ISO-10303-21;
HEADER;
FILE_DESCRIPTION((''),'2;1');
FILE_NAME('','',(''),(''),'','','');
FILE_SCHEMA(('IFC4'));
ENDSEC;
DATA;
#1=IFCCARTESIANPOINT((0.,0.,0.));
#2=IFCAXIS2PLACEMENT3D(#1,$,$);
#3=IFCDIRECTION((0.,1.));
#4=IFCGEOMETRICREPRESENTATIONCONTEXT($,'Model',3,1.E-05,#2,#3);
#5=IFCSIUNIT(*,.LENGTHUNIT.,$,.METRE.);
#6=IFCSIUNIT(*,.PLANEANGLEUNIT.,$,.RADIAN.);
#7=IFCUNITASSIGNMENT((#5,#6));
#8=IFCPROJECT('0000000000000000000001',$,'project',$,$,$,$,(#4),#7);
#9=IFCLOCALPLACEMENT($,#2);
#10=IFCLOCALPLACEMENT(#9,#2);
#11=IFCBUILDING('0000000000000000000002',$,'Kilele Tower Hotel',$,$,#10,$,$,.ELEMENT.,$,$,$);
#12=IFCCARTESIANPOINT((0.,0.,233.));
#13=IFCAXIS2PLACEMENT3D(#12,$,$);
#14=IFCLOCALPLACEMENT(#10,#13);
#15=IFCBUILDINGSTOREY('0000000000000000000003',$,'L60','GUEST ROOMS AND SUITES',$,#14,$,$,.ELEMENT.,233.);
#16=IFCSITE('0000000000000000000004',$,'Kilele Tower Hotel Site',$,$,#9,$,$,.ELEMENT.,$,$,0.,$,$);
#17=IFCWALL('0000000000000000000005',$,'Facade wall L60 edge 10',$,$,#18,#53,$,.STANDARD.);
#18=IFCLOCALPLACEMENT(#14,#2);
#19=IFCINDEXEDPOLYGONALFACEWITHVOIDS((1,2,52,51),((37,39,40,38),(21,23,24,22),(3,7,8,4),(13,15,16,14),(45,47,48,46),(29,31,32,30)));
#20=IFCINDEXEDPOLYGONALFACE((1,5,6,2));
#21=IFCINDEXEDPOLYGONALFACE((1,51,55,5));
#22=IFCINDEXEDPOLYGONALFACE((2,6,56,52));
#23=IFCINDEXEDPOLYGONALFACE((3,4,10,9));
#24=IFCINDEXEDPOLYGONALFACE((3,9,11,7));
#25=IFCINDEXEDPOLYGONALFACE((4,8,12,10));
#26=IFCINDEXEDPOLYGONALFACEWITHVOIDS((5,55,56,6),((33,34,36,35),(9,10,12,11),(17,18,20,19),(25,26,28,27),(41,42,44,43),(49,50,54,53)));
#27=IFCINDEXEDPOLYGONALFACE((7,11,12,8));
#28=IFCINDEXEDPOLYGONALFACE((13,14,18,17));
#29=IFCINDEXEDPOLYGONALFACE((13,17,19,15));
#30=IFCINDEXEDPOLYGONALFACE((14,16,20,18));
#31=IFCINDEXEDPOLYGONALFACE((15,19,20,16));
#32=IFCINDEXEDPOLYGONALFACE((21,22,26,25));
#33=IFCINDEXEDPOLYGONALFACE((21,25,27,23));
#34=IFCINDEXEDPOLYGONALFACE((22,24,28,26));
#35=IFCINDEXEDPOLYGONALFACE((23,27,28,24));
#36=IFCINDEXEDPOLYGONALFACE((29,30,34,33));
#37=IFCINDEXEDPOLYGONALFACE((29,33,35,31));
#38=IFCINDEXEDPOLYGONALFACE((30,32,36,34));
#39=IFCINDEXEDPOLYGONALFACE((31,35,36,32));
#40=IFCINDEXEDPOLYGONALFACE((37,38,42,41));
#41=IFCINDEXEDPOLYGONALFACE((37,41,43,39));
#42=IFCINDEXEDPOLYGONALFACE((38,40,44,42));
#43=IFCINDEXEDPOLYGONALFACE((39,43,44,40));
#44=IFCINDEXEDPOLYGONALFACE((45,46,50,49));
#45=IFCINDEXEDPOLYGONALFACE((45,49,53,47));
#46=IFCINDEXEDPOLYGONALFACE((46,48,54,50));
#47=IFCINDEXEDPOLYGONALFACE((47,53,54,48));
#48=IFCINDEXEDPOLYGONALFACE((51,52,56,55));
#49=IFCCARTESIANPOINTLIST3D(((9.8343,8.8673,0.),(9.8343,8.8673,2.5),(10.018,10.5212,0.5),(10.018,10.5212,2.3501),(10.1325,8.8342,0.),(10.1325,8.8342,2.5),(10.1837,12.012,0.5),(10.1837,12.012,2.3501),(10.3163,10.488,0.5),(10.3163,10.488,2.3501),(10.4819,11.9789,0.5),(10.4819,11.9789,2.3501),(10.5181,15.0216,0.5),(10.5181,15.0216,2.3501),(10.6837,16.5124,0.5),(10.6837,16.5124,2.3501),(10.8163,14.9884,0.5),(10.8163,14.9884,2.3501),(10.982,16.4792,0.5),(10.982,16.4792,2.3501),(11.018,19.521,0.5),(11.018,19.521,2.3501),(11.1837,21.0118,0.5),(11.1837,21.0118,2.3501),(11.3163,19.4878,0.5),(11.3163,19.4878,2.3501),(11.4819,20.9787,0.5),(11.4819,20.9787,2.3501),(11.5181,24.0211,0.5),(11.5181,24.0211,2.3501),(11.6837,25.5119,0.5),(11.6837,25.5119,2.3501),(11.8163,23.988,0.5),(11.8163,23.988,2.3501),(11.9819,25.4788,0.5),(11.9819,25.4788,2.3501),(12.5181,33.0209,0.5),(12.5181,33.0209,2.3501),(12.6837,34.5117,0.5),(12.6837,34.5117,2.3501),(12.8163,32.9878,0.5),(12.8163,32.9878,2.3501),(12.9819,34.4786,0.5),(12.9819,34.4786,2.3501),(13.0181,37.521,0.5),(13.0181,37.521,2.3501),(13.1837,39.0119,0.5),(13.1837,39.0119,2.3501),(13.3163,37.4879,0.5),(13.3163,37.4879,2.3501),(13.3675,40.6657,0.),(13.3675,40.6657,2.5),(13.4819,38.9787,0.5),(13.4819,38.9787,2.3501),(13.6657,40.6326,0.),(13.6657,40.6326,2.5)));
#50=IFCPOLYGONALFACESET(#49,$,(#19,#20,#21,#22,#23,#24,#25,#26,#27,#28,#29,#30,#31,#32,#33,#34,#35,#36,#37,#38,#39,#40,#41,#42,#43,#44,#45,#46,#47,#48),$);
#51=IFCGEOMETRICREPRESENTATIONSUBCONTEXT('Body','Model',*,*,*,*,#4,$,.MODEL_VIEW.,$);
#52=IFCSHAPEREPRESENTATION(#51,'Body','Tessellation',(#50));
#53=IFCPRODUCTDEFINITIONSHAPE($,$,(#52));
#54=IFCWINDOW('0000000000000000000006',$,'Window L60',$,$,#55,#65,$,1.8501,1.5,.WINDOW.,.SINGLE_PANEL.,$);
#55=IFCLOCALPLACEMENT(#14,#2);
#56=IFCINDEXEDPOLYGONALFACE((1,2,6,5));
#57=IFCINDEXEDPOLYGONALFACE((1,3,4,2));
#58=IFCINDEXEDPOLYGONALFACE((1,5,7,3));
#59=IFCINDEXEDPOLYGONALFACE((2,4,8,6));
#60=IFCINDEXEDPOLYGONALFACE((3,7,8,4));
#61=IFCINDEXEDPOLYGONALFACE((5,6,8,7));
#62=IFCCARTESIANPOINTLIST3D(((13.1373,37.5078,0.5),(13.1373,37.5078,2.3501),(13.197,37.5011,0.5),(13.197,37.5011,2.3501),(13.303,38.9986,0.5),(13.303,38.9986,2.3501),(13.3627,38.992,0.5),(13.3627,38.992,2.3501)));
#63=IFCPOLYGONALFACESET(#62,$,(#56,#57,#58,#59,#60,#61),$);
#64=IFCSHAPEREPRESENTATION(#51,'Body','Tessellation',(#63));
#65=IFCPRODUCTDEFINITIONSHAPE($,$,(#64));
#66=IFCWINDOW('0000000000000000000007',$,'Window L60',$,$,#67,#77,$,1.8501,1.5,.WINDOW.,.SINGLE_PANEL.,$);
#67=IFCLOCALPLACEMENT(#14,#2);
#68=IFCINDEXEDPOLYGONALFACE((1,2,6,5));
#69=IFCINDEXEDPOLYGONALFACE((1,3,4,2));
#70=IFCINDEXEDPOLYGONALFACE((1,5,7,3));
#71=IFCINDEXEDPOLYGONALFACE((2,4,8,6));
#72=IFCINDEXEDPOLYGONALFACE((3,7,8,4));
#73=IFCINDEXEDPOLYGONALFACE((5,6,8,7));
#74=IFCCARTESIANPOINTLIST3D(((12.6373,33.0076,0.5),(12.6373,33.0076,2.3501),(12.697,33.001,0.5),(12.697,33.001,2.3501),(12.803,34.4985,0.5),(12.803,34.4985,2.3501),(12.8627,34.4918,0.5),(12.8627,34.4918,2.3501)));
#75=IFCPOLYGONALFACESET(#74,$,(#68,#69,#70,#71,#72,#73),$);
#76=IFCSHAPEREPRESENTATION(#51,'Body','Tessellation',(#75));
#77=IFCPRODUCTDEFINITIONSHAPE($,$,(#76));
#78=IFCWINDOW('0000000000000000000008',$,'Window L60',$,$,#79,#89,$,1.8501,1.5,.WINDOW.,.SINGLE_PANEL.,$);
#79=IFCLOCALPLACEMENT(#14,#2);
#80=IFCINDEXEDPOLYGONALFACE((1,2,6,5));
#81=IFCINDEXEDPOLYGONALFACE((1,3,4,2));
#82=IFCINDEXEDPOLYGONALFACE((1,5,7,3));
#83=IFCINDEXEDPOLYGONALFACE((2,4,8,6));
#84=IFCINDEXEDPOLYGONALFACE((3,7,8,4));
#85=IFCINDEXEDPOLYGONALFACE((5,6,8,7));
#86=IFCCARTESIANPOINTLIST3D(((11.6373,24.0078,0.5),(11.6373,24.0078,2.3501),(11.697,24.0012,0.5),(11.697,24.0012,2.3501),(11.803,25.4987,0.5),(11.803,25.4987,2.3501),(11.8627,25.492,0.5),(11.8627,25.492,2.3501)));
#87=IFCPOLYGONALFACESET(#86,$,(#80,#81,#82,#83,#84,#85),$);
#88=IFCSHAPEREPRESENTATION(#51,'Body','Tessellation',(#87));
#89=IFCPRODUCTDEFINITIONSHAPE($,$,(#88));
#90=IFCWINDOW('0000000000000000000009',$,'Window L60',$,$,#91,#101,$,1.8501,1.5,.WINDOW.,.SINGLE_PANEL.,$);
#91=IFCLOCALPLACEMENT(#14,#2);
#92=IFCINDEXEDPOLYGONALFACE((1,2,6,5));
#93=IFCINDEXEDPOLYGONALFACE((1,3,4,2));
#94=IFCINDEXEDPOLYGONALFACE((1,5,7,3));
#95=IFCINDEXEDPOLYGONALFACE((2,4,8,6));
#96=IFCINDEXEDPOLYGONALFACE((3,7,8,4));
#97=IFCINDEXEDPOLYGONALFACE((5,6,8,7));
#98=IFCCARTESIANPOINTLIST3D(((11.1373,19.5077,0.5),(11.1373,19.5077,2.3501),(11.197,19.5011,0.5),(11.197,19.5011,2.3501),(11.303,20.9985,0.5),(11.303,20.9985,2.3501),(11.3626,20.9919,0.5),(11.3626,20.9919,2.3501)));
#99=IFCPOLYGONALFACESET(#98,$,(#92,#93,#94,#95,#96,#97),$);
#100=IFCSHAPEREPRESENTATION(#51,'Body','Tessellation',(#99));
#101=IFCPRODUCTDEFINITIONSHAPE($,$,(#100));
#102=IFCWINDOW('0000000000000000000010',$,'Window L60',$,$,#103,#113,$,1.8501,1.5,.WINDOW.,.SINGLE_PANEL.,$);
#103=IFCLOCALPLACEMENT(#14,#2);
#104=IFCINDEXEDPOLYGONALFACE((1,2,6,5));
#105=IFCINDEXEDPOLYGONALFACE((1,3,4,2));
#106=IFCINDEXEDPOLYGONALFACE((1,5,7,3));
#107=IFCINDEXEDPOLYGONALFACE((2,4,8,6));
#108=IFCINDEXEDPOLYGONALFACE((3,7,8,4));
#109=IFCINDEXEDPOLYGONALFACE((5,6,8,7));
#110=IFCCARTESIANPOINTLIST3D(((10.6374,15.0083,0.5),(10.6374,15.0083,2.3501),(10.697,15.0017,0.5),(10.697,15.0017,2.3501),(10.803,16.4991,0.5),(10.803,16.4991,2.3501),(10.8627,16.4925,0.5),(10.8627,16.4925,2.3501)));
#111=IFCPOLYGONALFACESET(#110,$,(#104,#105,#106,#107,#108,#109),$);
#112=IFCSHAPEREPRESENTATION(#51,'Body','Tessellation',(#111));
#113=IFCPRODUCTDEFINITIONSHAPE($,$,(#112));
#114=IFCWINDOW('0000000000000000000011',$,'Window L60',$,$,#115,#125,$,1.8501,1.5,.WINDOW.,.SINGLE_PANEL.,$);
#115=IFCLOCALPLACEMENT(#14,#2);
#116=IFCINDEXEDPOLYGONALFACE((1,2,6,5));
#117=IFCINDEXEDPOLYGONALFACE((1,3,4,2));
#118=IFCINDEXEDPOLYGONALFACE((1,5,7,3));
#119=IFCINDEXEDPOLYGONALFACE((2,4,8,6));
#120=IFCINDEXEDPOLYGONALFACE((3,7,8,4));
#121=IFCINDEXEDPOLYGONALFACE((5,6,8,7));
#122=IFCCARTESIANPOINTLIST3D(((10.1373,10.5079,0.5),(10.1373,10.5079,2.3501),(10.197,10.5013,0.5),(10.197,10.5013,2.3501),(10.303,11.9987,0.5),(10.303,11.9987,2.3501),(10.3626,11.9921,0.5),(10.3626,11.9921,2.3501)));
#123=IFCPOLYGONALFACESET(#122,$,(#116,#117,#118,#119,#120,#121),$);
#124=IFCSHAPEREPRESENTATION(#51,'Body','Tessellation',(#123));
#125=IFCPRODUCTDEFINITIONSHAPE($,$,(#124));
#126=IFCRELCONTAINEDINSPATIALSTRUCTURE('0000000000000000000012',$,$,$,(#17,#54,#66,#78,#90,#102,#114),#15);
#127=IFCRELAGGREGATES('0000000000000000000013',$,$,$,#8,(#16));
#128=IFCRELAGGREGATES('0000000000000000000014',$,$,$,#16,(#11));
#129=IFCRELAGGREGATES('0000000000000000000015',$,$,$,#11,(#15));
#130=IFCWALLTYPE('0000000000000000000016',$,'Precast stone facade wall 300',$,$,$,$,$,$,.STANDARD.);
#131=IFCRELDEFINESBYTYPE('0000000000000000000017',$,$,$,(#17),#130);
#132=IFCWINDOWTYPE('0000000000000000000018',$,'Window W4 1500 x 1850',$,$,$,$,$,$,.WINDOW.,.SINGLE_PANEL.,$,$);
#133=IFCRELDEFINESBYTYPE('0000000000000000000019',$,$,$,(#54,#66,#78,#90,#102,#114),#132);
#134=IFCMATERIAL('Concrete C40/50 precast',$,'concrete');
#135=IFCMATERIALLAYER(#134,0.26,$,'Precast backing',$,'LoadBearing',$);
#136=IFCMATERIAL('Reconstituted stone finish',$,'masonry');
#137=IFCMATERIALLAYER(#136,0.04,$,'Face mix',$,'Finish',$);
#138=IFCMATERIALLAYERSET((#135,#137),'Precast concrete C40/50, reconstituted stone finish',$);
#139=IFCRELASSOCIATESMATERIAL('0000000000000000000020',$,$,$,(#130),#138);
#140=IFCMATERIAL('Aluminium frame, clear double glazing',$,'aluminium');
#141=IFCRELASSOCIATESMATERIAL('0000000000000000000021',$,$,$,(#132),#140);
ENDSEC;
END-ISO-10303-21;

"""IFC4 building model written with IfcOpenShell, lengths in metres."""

from ifc_helpers import new_model, si_unit, direction, frame, frame_2d, origin, place, context, subcontext, project, spatial, rectangle, extrude, material, layer, layer_set, type_object, element, fill, save


model = new_model("IFC4")

# Units and contexts
model_context = context("Model", 3, precision=1e-05, world=origin(), true_north=direction((0.0, 1.0)))
body_context = subcontext(model_context, "Body", "Model", "MODEL_VIEW")
ifc_project = project(units=[si_unit("LENGTHUNIT", "METRE"), si_unit("PLANEANGLEUNIT", "RADIAN")], contexts=[model_context])

# Site, building, storey
site_placement = place(None, origin())
site = spatial("IfcSite", under=ifc_project, at=site_placement, Name="Kilele Tower Hotel Site", CompositionType="ELEMENT", RefElevation=0.0)
building_placement = place(site_placement, origin())
building = spatial("IfcBuilding", under=site, at=building_placement, Name="Kilele Tower Hotel", CompositionType="ELEMENT")
storey_placement = place(building_placement, frame((0.0, 0.0, 233.0)))
storey = spatial("IfcBuildingStorey", under=building, at=storey_placement, Name="L60", Description="GUEST ROOMS AND SUITES", CompositionType="ELEMENT", Elevation=233.0)

# Wall, openings, windows
ifc_material_1 = material(Name="Concrete C40/50 precast", Category="concrete")
ifc_layer_1 = layer(ifc_material_1, 0.26, Name="Precast backing", Category="LoadBearing")
ifc_material_2 = material(Name="Reconstituted stone finish", Category="masonry")
ifc_layer_2 = layer(ifc_material_2, 0.04, Name="Face mix", Category="Finish")
ifc_layer_set_1 = layer_set([ifc_layer_1, ifc_layer_2], Name="Precast concrete C40/50, reconstituted stone finish")
wall_type_1 = type_object("IfcWallType", Name="Precast stone facade wall 300", PredefinedType="STANDARD", material=ifc_layer_set_1)
wall_1_placement = place(storey_placement, frame((13.5166, 40.6492, 0.0), z_axis=(0.0, 0.0, 1.0), x_axis=(-0.110433, -0.993884, 0.0)))
wall_1 = element("IfcWall", 1, at=wall_1_placement, inside=storey, type_object=wall_type_1, Name="Facade wall L60 edge 10", PredefinedType="STANDARD", context=body_context, shape_type="SweptSolid", body=[
    extrude(rectangle(XDim=31.9941, YDim=0.3, at=frame_2d((15.9971, 0.0))), origin(), (0.0, 0.0, 1.0), 2.5),
])
opening_1_placement = place(wall_1_placement, frame((1.6641, 0.0, 0.5)))
opening_1 = element("IfcOpeningElement", 2, at=opening_1_placement, cuts=wall_1, PredefinedType="OPENING", context=body_context, shape_type="SweptSolid", body=[
    extrude(rectangle(XDim=1.5, YDim=1.8501, at=frame_2d((0.75, 0.925))), frame((0.0, 0.1599, 0.0), z_axis=(0.0, -1.0, 0.0), x_axis=(1.0, 0.0, 0.0)), (0.0, 0.0, 1.0), 0.3201),
])
opening_2_placement = place(wall_1_placement, frame((6.1919, 0.0, 0.5)))
opening_2 = element("IfcOpeningElement", 3, at=opening_2_placement, cuts=wall_1, PredefinedType="OPENING", context=body_context, shape_type="SweptSolid", body=[
    extrude(rectangle(XDim=1.5, YDim=1.8501, at=frame_2d((0.75, 0.925))), frame((0.0, 0.1599, 0.0), z_axis=(0.0, -1.0, 0.0), x_axis=(1.0, 0.0, 0.0)), (0.0, 0.0, 1.0), 0.3201),
])
opening_3_placement = place(wall_1_placement, frame((15.2471, 0.0, 0.5)))
opening_3 = element("IfcOpeningElement", 4, at=opening_3_placement, cuts=wall_1, PredefinedType="OPENING", context=body_context, shape_type="SweptSolid", body=[
    extrude(rectangle(XDim=1.5, YDim=1.8501, at=frame_2d((0.75, 0.925))), frame((0.0, 0.1599, 0.0), z_axis=(0.0, -1.0, 0.0), x_axis=(1.0, 0.0, 0.0)), (0.0, 0.0, 1.0), 0.3201),
])
opening_4_placement = place(wall_1_placement, frame((19.7749, 0.0, 0.5)))
opening_4 = element("IfcOpeningElement", 5, at=opening_4_placement, cuts=wall_1, PredefinedType="OPENING", context=body_context, shape_type="SweptSolid", body=[
    extrude(rectangle(XDim=1.5, YDim=1.8501, at=frame_2d((0.75, 0.925))), frame((0.0, 0.1599, 0.0), z_axis=(0.0, -1.0, 0.0), x_axis=(1.0, 0.0, 0.0)), (0.0, 0.0, 1.0), 0.3201),
])
opening_5_placement = place(wall_1_placement, frame((24.302, 0.0, 0.5)))
opening_5 = element("IfcOpeningElement", 6, at=opening_5_placement, cuts=wall_1, PredefinedType="OPENING", context=body_context, shape_type="SweptSolid", body=[
    extrude(rectangle(XDim=1.5, YDim=1.8501, at=frame_2d((0.75, 0.925))), frame((0.0, 0.1599, 0.0), z_axis=(0.0, -1.0, 0.0), x_axis=(1.0, 0.0, 0.0)), (0.0, 0.0, 1.0), 0.3201),
])
opening_6_placement = place(wall_1_placement, frame((28.8301, 0.0, 0.5)))
opening_6 = element("IfcOpeningElement", 7, at=opening_6_placement, cuts=wall_1, PredefinedType="OPENING", context=body_context, shape_type="SweptSolid", body=[
    extrude(rectangle(XDim=1.5, YDim=1.8501, at=frame_2d((0.75, 0.925))), frame((0.0, 0.1599, 0.0), z_axis=(0.0, -1.0, 0.0), x_axis=(1.0, 0.0, 0.0)), (0.0, 0.0, 1.0), 0.3201),
])
ifc_material_3 = material(Name="Aluminium frame, clear double glazing", Category="aluminium")
window_type = type_object("IfcWindowType", Name="Window W4 1500 x 1850", PartitioningType="SINGLE_PANEL", PredefinedType="WINDOW", material=ifc_material_3)
window_1_placement = place(opening_1_placement, origin())
window_1 = element("IfcWindow", 8, at=window_1_placement, inside=storey, type_object=window_type, Name="Window L60", OverallHeight=1.8501, OverallWidth=1.5, PartitioningType="SINGLE_PANEL", PredefinedType="WINDOW", context=body_context, shape_type="SweptSolid", body=[
    extrude(rectangle(XDim=1.5, YDim=1.8501, at=frame_2d((0.75, 0.925))), frame((0.0, 0.03, 0.0), z_axis=(0.0, -1.0, 0.0), x_axis=(1.0, 0.0, 0.0)), (0.0, 0.0, 1.0), 0.0601),
])
fill(opening_1, window_1)
window_2_placement = place(opening_2_placement, origin())
window_2 = element("IfcWindow", 9, at=window_2_placement, inside=storey, type_object=window_type, Name="Window L60", OverallHeight=1.8501, OverallWidth=1.5, PartitioningType="SINGLE_PANEL", PredefinedType="WINDOW", context=body_context, shape_type="SweptSolid", body=[
    extrude(rectangle(XDim=1.5, YDim=1.8501, at=frame_2d((0.75, 0.925))), frame((0.0, 0.03, 0.0), z_axis=(0.0, -1.0, 0.0), x_axis=(1.0, 0.0, 0.0)), (0.0, 0.0, 1.0), 0.0601),
])
fill(opening_2, window_2)
window_3_placement = place(opening_3_placement, origin())
window_3 = element("IfcWindow", 10, at=window_3_placement, inside=storey, type_object=window_type, Name="Window L60", OverallHeight=1.8501, OverallWidth=1.5, PartitioningType="SINGLE_PANEL", PredefinedType="WINDOW", context=body_context, shape_type="SweptSolid", body=[
    extrude(rectangle(XDim=1.5, YDim=1.8501, at=frame_2d((0.75, 0.925))), frame((0.0, 0.03, 0.0), z_axis=(0.0, -1.0, 0.0), x_axis=(1.0, 0.0, 0.0)), (0.0, 0.0, 1.0), 0.0601),
])
fill(opening_3, window_3)
window_4_placement = place(opening_4_placement, origin())
window_4 = element("IfcWindow", 11, at=window_4_placement, inside=storey, type_object=window_type, Name="Window L60", OverallHeight=1.8501, OverallWidth=1.5, PartitioningType="SINGLE_PANEL", PredefinedType="WINDOW", context=body_context, shape_type="SweptSolid", body=[
    extrude(rectangle(XDim=1.5, YDim=1.8501, at=frame_2d((0.75, 0.925))), frame((0.0, 0.03, 0.0), z_axis=(0.0, -1.0, 0.0), x_axis=(1.0, 0.0, 0.0)), (0.0, 0.0, 1.0), 0.0601),
])
fill(opening_4, window_4)
window_5_placement = place(opening_5_placement, origin())
window_5 = element("IfcWindow", 12, at=window_5_placement, inside=storey, type_object=window_type, Name="Window L60", OverallHeight=1.8501, OverallWidth=1.5, PartitioningType="SINGLE_PANEL", PredefinedType="WINDOW", context=body_context, shape_type="SweptSolid", body=[
    extrude(rectangle(XDim=1.5, YDim=1.8501, at=frame_2d((0.75, 0.925))), frame((0.0, 0.03, 0.0), z_axis=(0.0, -1.0, 0.0), x_axis=(1.0, 0.0, 0.0)), (0.0, 0.0, 1.0), 0.0601),
])
fill(opening_5, window_5)
window_6_placement = place(opening_6_placement, origin())
window_6 = element("IfcWindow", 13, at=window_6_placement, inside=storey, type_object=window_type, Name="Window L60", OverallHeight=1.8501, OverallWidth=1.5, PartitioningType="SINGLE_PANEL", PredefinedType="WINDOW", context=body_context, shape_type="SweptSolid", body=[
    extrude(rectangle(XDim=1.5, YDim=1.8501, at=frame_2d((0.75, 0.925))), frame((0.0, 0.03, 0.0), z_axis=(0.0, -1.0, 0.0), x_axis=(1.0, 0.0, 0.0)), (0.0, 0.0, 1.0), 0.0601),
])
fill(opening_6, window_6)

save(model, "model.ifc")
